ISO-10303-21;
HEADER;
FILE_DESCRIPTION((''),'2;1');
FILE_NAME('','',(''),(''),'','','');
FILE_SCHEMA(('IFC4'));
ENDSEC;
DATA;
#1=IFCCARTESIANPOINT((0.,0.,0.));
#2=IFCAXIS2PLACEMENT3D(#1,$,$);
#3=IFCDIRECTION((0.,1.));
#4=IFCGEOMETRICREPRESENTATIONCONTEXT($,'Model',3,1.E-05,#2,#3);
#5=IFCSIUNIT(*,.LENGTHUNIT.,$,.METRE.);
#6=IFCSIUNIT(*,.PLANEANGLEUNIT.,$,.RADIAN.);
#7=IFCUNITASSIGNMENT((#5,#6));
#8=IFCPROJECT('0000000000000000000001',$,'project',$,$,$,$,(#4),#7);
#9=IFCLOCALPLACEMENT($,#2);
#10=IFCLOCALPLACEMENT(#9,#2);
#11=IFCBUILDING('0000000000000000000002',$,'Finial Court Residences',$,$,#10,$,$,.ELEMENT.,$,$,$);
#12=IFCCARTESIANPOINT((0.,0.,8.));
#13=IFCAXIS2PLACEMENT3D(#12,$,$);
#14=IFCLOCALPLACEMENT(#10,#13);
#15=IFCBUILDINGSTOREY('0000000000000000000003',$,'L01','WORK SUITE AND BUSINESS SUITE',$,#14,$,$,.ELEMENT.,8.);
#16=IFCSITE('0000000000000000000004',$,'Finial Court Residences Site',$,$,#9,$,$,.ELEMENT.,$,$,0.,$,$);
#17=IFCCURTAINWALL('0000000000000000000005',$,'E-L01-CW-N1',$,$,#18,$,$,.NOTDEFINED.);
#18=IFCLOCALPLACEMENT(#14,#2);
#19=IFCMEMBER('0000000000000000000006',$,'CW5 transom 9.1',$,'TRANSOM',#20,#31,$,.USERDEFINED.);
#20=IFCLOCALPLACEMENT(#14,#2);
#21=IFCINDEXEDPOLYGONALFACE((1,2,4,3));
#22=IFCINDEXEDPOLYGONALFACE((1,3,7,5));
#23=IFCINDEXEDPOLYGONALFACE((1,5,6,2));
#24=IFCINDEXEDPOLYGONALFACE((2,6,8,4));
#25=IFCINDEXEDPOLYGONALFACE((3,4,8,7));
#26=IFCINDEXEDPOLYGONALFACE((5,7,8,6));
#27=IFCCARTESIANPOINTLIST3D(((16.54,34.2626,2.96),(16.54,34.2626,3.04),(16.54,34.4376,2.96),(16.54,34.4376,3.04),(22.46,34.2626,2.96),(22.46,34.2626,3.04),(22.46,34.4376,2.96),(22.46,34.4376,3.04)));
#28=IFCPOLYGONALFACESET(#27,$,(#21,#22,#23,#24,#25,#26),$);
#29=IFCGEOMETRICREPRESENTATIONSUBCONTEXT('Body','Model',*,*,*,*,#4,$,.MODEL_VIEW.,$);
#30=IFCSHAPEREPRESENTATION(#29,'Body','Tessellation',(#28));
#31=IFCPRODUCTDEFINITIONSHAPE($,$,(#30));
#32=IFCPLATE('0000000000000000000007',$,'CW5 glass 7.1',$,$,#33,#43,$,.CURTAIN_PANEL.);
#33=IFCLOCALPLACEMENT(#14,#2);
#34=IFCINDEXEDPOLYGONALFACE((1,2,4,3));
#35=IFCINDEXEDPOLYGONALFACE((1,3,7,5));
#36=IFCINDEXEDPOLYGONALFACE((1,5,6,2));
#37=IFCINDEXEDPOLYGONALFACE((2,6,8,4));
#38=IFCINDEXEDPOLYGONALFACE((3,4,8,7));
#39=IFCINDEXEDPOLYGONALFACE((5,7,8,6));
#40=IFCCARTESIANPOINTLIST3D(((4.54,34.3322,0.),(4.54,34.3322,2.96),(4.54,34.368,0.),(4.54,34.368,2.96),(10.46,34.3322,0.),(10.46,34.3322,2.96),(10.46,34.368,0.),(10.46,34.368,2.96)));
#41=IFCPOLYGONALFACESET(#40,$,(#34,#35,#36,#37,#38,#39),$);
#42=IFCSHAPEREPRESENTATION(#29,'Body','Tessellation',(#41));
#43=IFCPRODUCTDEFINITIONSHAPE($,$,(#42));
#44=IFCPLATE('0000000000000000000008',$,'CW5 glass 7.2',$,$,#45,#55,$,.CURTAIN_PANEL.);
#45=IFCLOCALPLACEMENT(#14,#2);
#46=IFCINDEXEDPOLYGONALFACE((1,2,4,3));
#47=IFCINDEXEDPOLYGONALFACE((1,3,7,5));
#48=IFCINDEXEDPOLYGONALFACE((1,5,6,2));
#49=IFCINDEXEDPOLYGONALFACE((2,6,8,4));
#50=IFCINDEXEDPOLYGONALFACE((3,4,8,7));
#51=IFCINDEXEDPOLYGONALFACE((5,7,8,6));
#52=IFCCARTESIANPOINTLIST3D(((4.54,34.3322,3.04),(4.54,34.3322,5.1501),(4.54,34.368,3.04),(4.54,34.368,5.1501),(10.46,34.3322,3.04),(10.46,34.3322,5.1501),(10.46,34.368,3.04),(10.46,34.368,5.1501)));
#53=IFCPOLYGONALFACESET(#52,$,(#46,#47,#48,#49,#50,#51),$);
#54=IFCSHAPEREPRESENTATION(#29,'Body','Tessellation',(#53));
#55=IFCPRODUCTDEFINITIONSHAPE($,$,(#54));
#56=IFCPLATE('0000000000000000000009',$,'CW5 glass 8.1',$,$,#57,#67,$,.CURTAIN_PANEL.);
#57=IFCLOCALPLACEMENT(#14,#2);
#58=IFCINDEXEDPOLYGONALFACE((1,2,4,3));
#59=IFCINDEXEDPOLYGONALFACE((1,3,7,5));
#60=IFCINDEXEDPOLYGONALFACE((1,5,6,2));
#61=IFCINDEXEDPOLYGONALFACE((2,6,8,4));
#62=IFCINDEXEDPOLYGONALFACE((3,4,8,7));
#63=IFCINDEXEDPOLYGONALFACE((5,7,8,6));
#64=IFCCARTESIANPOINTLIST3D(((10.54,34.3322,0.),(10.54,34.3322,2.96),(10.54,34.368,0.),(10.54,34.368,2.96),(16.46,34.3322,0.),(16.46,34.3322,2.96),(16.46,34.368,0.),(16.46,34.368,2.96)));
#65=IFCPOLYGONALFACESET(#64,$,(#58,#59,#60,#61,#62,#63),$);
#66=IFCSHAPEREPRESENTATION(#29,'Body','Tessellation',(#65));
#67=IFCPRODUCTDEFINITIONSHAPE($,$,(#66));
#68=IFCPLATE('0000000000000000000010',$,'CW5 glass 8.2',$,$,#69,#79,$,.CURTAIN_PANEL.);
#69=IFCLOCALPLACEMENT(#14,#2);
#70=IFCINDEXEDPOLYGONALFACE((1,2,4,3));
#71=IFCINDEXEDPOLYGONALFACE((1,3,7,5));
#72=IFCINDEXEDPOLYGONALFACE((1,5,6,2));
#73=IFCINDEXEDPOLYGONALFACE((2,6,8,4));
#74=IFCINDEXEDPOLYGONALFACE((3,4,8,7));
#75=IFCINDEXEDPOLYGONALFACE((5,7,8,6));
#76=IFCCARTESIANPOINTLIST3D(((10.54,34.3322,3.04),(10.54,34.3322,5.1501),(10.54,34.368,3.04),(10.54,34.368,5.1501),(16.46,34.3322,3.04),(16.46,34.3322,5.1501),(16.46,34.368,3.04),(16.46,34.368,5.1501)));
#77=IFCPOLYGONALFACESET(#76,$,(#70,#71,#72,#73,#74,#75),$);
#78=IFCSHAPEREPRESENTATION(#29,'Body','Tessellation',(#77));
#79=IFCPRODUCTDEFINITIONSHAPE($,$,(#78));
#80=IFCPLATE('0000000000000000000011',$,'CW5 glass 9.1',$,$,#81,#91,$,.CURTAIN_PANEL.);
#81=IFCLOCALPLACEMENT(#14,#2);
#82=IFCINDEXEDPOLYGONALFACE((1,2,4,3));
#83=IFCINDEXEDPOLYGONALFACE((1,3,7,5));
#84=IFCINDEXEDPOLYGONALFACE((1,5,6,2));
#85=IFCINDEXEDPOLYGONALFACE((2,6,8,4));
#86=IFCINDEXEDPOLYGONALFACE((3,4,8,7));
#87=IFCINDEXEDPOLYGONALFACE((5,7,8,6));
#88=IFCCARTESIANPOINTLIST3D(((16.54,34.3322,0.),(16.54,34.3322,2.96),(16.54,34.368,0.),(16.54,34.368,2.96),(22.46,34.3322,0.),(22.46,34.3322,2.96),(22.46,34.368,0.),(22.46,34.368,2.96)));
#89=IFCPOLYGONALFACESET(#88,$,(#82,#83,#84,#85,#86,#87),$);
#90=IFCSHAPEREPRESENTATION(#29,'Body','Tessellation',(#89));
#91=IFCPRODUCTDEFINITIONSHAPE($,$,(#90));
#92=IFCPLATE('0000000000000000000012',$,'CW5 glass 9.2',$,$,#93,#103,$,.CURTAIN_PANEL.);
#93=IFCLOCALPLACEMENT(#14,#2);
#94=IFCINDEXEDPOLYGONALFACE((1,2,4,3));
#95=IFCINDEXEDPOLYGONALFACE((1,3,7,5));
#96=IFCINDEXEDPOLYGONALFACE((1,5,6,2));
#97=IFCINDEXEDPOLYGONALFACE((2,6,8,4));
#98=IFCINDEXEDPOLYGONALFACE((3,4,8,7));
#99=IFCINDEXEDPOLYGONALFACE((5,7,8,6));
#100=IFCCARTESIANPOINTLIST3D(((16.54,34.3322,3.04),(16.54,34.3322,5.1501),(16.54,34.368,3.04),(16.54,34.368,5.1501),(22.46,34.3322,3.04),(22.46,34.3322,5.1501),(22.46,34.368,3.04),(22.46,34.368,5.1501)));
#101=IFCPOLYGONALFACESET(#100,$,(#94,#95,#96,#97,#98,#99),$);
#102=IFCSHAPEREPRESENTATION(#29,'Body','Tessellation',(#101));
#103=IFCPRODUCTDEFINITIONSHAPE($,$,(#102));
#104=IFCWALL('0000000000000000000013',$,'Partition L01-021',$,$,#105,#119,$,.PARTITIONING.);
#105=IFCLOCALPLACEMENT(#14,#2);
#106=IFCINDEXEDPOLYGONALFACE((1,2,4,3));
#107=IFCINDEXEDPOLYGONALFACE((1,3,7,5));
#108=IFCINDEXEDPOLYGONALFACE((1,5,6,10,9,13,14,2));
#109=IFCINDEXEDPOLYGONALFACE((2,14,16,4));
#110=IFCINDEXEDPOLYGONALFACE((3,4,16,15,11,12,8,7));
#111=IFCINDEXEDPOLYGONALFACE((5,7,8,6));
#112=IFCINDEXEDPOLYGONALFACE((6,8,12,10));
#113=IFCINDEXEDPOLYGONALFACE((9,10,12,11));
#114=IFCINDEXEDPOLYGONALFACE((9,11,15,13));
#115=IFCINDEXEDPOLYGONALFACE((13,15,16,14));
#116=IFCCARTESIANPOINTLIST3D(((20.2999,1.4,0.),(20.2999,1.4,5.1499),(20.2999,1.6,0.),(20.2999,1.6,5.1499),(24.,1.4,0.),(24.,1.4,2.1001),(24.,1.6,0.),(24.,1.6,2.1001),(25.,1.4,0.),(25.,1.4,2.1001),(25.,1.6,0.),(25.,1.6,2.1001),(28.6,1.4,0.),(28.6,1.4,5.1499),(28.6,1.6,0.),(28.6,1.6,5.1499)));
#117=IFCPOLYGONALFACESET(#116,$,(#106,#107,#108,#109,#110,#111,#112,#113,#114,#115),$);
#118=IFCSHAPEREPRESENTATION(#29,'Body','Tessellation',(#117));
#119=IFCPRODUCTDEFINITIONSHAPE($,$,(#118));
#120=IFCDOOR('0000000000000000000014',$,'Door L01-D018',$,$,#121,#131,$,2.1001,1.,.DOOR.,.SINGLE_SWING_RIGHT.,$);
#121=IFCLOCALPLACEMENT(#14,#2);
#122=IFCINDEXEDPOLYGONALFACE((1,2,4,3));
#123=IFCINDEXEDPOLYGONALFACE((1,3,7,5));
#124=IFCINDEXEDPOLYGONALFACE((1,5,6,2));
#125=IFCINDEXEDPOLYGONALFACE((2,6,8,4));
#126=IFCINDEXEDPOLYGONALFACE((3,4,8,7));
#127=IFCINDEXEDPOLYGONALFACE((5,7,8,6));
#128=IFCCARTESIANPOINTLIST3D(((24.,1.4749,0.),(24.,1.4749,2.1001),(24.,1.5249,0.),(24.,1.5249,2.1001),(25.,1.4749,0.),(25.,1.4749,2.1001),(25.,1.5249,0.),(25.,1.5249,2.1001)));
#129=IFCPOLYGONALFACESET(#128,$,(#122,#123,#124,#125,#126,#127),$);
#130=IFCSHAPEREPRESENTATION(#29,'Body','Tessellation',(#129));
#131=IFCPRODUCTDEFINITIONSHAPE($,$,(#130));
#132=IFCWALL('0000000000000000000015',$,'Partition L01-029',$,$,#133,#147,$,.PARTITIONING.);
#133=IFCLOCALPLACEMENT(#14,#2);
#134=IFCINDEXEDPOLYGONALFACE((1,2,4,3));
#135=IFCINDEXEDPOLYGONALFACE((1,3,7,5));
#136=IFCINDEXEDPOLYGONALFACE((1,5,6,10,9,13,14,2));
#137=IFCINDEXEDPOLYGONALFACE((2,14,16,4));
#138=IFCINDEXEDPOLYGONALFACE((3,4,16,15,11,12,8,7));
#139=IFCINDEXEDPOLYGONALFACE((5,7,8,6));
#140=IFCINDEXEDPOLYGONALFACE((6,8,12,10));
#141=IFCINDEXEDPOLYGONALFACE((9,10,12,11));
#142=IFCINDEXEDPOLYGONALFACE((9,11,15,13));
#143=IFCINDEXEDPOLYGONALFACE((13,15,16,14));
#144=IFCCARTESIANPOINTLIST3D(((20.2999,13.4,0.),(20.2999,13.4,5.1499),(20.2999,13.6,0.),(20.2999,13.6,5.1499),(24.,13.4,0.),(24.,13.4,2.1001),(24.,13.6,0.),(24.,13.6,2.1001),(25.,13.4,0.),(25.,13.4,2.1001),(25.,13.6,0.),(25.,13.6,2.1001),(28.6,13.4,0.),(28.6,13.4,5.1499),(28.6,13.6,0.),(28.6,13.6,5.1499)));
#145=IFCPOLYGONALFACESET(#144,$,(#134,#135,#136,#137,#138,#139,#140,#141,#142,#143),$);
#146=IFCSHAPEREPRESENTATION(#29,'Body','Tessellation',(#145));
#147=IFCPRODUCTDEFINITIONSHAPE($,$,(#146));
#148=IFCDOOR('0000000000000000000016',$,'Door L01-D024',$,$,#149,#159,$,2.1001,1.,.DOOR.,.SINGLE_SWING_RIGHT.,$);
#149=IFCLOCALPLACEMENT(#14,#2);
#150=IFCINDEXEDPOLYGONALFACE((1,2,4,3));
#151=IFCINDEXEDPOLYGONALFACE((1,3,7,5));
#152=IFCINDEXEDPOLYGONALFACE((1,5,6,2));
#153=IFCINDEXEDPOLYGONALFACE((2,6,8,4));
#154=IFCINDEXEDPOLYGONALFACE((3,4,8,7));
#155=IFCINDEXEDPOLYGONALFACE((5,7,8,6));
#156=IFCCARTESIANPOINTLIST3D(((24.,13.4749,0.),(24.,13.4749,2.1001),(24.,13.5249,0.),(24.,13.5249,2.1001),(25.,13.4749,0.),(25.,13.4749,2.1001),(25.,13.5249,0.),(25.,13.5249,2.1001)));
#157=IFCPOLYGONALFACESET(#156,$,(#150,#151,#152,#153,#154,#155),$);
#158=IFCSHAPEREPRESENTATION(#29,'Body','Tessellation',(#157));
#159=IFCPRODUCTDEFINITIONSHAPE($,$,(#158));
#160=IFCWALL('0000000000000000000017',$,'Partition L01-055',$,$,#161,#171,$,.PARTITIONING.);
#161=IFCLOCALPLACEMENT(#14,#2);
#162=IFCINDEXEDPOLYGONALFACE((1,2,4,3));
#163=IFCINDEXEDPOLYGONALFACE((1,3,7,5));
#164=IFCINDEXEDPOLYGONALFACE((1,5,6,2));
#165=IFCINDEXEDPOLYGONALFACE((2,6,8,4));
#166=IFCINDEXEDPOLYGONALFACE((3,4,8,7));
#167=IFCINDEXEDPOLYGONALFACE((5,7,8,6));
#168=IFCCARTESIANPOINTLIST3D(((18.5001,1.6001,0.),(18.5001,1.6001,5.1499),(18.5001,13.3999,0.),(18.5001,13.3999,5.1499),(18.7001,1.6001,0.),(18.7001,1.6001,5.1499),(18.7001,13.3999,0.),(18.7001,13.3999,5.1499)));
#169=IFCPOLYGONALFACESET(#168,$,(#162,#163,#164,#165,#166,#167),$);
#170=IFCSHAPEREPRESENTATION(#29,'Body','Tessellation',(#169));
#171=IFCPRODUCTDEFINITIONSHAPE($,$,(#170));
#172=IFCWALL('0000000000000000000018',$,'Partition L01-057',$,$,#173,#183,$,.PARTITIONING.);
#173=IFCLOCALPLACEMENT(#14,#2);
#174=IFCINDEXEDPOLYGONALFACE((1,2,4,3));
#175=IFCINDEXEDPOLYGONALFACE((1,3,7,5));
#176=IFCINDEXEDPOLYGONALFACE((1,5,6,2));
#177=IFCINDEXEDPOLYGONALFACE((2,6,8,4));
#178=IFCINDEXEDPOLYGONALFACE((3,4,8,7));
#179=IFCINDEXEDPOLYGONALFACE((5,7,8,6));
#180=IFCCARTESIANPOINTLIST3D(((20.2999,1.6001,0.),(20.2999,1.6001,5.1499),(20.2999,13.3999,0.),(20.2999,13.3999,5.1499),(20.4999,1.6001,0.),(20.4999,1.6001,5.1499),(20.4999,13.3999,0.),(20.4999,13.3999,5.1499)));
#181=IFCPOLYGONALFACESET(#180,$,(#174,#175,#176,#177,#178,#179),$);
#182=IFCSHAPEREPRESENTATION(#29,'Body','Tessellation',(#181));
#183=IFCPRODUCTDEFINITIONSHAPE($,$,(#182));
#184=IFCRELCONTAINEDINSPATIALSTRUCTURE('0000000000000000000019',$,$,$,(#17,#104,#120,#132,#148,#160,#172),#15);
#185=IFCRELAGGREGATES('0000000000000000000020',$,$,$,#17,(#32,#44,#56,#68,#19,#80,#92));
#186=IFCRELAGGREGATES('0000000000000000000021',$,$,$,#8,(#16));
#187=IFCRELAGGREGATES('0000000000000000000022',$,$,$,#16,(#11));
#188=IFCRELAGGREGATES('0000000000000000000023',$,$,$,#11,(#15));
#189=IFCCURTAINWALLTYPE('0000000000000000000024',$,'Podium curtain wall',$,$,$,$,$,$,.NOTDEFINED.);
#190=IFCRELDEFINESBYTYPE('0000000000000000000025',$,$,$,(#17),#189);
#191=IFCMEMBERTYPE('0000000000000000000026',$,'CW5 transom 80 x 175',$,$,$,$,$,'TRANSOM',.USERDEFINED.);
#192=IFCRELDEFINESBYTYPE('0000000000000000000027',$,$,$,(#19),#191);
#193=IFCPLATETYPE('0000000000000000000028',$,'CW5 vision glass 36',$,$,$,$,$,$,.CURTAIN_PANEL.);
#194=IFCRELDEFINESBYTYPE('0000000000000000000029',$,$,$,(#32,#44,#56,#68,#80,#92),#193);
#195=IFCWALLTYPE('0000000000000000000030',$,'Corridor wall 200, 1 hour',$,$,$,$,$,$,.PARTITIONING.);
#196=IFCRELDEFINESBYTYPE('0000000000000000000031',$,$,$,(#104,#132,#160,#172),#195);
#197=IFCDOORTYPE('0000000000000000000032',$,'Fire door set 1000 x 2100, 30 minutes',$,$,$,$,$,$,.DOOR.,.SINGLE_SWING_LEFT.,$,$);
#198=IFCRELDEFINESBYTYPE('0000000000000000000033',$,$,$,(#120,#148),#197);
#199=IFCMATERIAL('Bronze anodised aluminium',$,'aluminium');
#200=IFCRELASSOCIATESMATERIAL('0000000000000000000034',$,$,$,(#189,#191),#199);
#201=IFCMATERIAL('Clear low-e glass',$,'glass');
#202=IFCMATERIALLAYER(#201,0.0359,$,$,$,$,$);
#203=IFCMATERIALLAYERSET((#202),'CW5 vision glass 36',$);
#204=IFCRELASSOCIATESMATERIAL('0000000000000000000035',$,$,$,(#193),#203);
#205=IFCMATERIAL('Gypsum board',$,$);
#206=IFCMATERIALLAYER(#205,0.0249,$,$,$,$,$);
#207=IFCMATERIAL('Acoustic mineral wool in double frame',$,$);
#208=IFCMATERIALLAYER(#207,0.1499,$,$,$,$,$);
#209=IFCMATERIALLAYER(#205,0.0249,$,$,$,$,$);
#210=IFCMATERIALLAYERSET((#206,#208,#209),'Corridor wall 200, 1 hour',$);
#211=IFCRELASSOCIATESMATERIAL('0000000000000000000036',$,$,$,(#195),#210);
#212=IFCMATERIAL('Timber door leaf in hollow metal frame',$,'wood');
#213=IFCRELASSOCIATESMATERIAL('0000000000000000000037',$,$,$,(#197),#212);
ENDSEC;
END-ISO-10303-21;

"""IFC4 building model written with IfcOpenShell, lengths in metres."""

from ifc_helpers import new_model, si_unit, direction, frame, frame_2d, origin, origin_2d, place, context, subcontext, project, spatial, rectangle, extrude, material, layer, layer_set, material_profile, profile_set, type_object, element, fill, aggregate, save


model = new_model("IFC4")

# Units and contexts
model_context = context("Model", 3, precision=1e-05, world=origin(), true_north=direction((0.0, 1.0)))
body_context = subcontext(model_context, "Body", "Model", "MODEL_VIEW")
ifc_project = project(units=[si_unit("LENGTHUNIT", "METRE"), si_unit("PLANEANGLEUNIT", "RADIAN")], contexts=[model_context])

# Site, building, storey
site_placement = place(None, origin())
site = spatial("IfcSite", under=ifc_project, at=site_placement, Name="Finial Court Residences Site", CompositionType="ELEMENT", RefElevation=0.0)
building_placement = place(site_placement, origin())
building = spatial("IfcBuilding", under=site, at=building_placement, Name="Finial Court Residences", CompositionType="ELEMENT")
storey_placement = place(building_placement, frame((0.0, 0.0, 8.0)))
storey = spatial("IfcBuildingStorey", under=building, at=storey_placement, Name="L01", Description="WORK SUITE AND BUSINESS SUITE", CompositionType="ELEMENT", Elevation=8.0)

# Curtain wall, member, plates
ifc_material_1 = material(Name="Bronze anodised aluminium", Category="aluminium")
curtain_wall_type = type_object("IfcCurtainWallType", Name="Podium curtain wall", PredefinedType="NOTDEFINED", material=ifc_material_1)
curtain_wall_placement = place(storey_placement, origin())
curtain_wall = element("IfcCurtainWall", 1, at=curtain_wall_placement, inside=storey, type_object=curtain_wall_type, Name="E-L01-CW-N1", PredefinedType="NOTDEFINED")
ifc_material_profile_1 = material_profile(ifc_material_1, rectangle(XDim=0.175, YDim=0.0801, at=origin_2d()), Name="CW5 transom 80 x 175")
ifc_profile_set_1 = profile_set([ifc_material_profile_1], Name="Bronze anodised aluminium")
member_type_1 = type_object("IfcMemberType", Name="CW5 transom 80 x 175", ElementType="TRANSOM", PredefinedType="USERDEFINED", material=ifc_profile_set_1)
member_1_placement = place(storey_placement, frame((16.54, 34.3501, 3.0), z_axis=(1.0, 0.0, 0.0), x_axis=(0.0, 1.0, 0.0)))
member_1 = element("IfcMember", 2, at=member_1_placement, type_object=member_type_1, Name="CW5 transom 9.1", ObjectType="TRANSOM", PredefinedType="USERDEFINED", context=body_context, shape_type="SweptSolid", body=[
    extrude(rectangle(XDim=0.175, YDim=0.0801, at=origin_2d()), origin(), (0.0, 0.0, 1.0), 5.9199),
])
ifc_material_2 = material(Name="Clear low-e glass", Category="glass")
ifc_layer_1 = layer(ifc_material_2, 0.0359)
ifc_layer_set_1 = layer_set([ifc_layer_1], Name="CW5 vision glass 36")
plate_type = type_object("IfcPlateType", Name="CW5 vision glass 36", PredefinedType="CURTAIN_PANEL", material=ifc_layer_set_1)
plate_1_placement = place(storey_placement, frame((7.5, 34.3501, 0.0), z_axis=(0.0, 0.0, 1.0), x_axis=(1.0, 0.0, 0.0)))
plate_1 = element("IfcPlate", 3, at=plate_1_placement, type_object=plate_type, Name="CW5 glass 7.1", PredefinedType="CURTAIN_PANEL", context=body_context, shape_type="SweptSolid", body=[
    extrude(rectangle(XDim=5.9199, YDim=0.0359, at=origin_2d()), origin(), (0.0, 0.0, 1.0), 2.96),
])
plate_2_placement = place(storey_placement, frame((7.5, 34.3501, 3.04), z_axis=(0.0, 0.0, 1.0), x_axis=(1.0, 0.0, 0.0)))
plate_2 = element("IfcPlate", 4, at=plate_2_placement, type_object=plate_type, Name="CW5 glass 7.2", PredefinedType="CURTAIN_PANEL", context=body_context, shape_type="SweptSolid", body=[
    extrude(rectangle(XDim=5.9199, YDim=0.0359, at=origin_2d()), origin(), (0.0, 0.0, 1.0), 2.1101),
])
plate_3_placement = place(storey_placement, frame((13.5, 34.3501, 0.0), z_axis=(0.0, 0.0, 1.0), x_axis=(1.0, 0.0, 0.0)))
plate_3 = element("IfcPlate", 5, at=plate_3_placement, type_object=plate_type, Name="CW5 glass 8.1", PredefinedType="CURTAIN_PANEL", context=body_context, shape_type="SweptSolid", body=[
    extrude(rectangle(XDim=5.9199, YDim=0.0359, at=origin_2d()), origin(), (0.0, 0.0, 1.0), 2.96),
])
plate_4_placement = place(storey_placement, frame((13.5, 34.3501, 3.04), z_axis=(0.0, 0.0, 1.0), x_axis=(1.0, 0.0, 0.0)))
plate_4 = element("IfcPlate", 6, at=plate_4_placement, type_object=plate_type, Name="CW5 glass 8.2", PredefinedType="CURTAIN_PANEL", context=body_context, shape_type="SweptSolid", body=[
    extrude(rectangle(XDim=5.9199, YDim=0.0359, at=origin_2d()), origin(), (0.0, 0.0, 1.0), 2.1101),
])
plate_5_placement = place(storey_placement, frame((19.5, 34.3501, 0.0), z_axis=(0.0, 0.0, 1.0), x_axis=(1.0, 0.0, 0.0)))
plate_5 = element("IfcPlate", 7, at=plate_5_placement, type_object=plate_type, Name="CW5 glass 9.1", PredefinedType="CURTAIN_PANEL", context=body_context, shape_type="SweptSolid", body=[
    extrude(rectangle(XDim=5.9199, YDim=0.0359, at=origin_2d()), origin(), (0.0, 0.0, 1.0), 2.96),
])
plate_6_placement = place(storey_placement, frame((19.5, 34.3501, 3.04), z_axis=(0.0, 0.0, 1.0), x_axis=(1.0, 0.0, 0.0)))
plate_6 = element("IfcPlate", 8, at=plate_6_placement, type_object=plate_type, Name="CW5 glass 9.2", PredefinedType="CURTAIN_PANEL", context=body_context, shape_type="SweptSolid", body=[
    extrude(rectangle(XDim=5.9199, YDim=0.0359, at=origin_2d()), origin(), (0.0, 0.0, 1.0), 2.1101),
])
aggregate(curtain_wall, [plate_1, plate_2, plate_3, plate_4, member_1, plate_5, plate_6])

# Walls, openings, doors
ifc_material_3 = material(Name="Gypsum board")
ifc_layer_2 = layer(ifc_material_3, 0.0249)
ifc_material_4 = material(Name="Acoustic mineral wool in double frame")
ifc_layer_3 = layer(ifc_material_4, 0.1499)
ifc_layer_4 = layer(ifc_material_3, 0.0249)
ifc_layer_set_2 = layer_set([ifc_layer_2, ifc_layer_3, ifc_layer_4], Name="Corridor wall 200, 1 hour")
wall_type_1 = type_object("IfcWallType", Name="Corridor wall 200, 1 hour", PredefinedType="PARTITIONING", material=ifc_layer_set_2)
wall_1_placement = place(storey_placement, frame((20.3, 1.5, 0.0), z_axis=(0.0, 0.0, 1.0), x_axis=(1.0, 0.0, 0.0)))
wall_1 = element("IfcWall", 9, at=wall_1_placement, inside=storey, type_object=wall_type_1, Name="Partition L01-021", PredefinedType="PARTITIONING", context=body_context, shape_type="SweptSolid", body=[
    extrude(rectangle(XDim=8.3, YDim=0.2, at=frame_2d((4.1499, 0.0))), origin(), (0.0, 0.0, 1.0), 5.1499),
])
opening_1_placement = place(wall_1_placement, frame((3.7, 0.0, 0.0)))
opening_1 = element("IfcOpeningElement", 10, at=opening_1_placement, cuts=wall_1, PredefinedType="OPENING", context=body_context, shape_type="SweptSolid", body=[
    extrude(rectangle(XDim=1.0, YDim=2.1001, at=frame_2d((0.5, 1.05))), frame((0.0, 0.1099, 0.0), z_axis=(0.0, -1.0, 0.0), x_axis=(1.0, 0.0, 0.0)), (0.0, 0.0, 1.0), 0.22),
])
ifc_material_5 = material(Name="Timber door leaf in hollow metal frame", Category="wood")
door_type = type_object("IfcDoorType", Name="Fire door set 1000 x 2100, 30 minutes", OperationType="SINGLE_SWING_LEFT", PredefinedType="DOOR", material=ifc_material_5)
door_1_placement = place(opening_1_placement, origin())
door_1 = element("IfcDoor", 11, at=door_1_placement, inside=storey, type_object=door_type, Name="Door L01-D018", OperationType="SINGLE_SWING_RIGHT", OverallHeight=2.1001, OverallWidth=1.0, PredefinedType="DOOR", context=body_context, shape_type="SweptSolid", body=[
    extrude(rectangle(XDim=1.0, YDim=2.1001, at=frame_2d((0.5, 1.05))), frame((0.0, 0.0249, 0.0), z_axis=(0.0, -1.0, 0.0), x_axis=(1.0, 0.0, 0.0)), (0.0, 0.0, 1.0), 0.05),
])
fill(opening_1, door_1)
wall_2_placement = place(storey_placement, frame((20.3, 13.5, 0.0), z_axis=(0.0, 0.0, 1.0), x_axis=(1.0, 0.0, 0.0)))
wall_2 = element("IfcWall", 12, at=wall_2_placement, inside=storey, type_object=wall_type_1, Name="Partition L01-029", PredefinedType="PARTITIONING", context=body_context, shape_type="SweptSolid", body=[
    extrude(rectangle(XDim=8.3, YDim=0.2, at=frame_2d((4.1499, 0.0))), origin(), (0.0, 0.0, 1.0), 5.1499),
])
opening_2_placement = place(wall_2_placement, frame((3.7, 0.0, 0.0)))
opening_2 = element("IfcOpeningElement", 13, at=opening_2_placement, cuts=wall_2, PredefinedType="OPENING", context=body_context, shape_type="SweptSolid", body=[
    extrude(rectangle(XDim=1.0, YDim=2.1001, at=frame_2d((0.5, 1.05))), frame((0.0, 0.1099, 0.0), z_axis=(0.0, -1.0, 0.0), x_axis=(1.0, 0.0, 0.0)), (0.0, 0.0, 1.0), 0.22),
])
door_2_placement = place(opening_2_placement, origin())
door_2 = element("IfcDoor", 14, at=door_2_placement, inside=storey, type_object=door_type, Name="Door L01-D024", OperationType="SINGLE_SWING_RIGHT", OverallHeight=2.1001, OverallWidth=1.0, PredefinedType="DOOR", context=body_context, shape_type="SweptSolid", body=[
    extrude(rectangle(XDim=1.0, YDim=2.1001, at=frame_2d((0.5, 1.05))), frame((0.0, 0.0249, 0.0), z_axis=(0.0, -1.0, 0.0), x_axis=(1.0, 0.0, 0.0)), (0.0, 0.0, 1.0), 0.05),
])
fill(opening_2, door_2)

# Walls
for number, where, z_axis, x_axis, name in (
    (15, (18.6001, 1.6001, 0.0), (0.0, 0.0, 1.0), (0.0, 1.0, 0.0), "Partition L01-055"),
    (16, (20.3999, 1.6001, 0.0), (0.0, 0.0, 1.0), (0.0, 1.0, 0.0), "Partition L01-057"),
):
    element("IfcWall", number, at=place(storey_placement, frame(where, z_axis=z_axis, x_axis=x_axis)), inside=storey, type_object=wall_type_1, Name=name, PredefinedType="PARTITIONING", context=body_context, shape_type="SweptSolid", body=[
        extrude(rectangle(XDim=11.7998, YDim=0.2, at=frame_2d((5.8999, 0.0))), origin(), (0.0, 0.0, 1.0), 5.1499),
    ])

save(model, "model.ifc")
